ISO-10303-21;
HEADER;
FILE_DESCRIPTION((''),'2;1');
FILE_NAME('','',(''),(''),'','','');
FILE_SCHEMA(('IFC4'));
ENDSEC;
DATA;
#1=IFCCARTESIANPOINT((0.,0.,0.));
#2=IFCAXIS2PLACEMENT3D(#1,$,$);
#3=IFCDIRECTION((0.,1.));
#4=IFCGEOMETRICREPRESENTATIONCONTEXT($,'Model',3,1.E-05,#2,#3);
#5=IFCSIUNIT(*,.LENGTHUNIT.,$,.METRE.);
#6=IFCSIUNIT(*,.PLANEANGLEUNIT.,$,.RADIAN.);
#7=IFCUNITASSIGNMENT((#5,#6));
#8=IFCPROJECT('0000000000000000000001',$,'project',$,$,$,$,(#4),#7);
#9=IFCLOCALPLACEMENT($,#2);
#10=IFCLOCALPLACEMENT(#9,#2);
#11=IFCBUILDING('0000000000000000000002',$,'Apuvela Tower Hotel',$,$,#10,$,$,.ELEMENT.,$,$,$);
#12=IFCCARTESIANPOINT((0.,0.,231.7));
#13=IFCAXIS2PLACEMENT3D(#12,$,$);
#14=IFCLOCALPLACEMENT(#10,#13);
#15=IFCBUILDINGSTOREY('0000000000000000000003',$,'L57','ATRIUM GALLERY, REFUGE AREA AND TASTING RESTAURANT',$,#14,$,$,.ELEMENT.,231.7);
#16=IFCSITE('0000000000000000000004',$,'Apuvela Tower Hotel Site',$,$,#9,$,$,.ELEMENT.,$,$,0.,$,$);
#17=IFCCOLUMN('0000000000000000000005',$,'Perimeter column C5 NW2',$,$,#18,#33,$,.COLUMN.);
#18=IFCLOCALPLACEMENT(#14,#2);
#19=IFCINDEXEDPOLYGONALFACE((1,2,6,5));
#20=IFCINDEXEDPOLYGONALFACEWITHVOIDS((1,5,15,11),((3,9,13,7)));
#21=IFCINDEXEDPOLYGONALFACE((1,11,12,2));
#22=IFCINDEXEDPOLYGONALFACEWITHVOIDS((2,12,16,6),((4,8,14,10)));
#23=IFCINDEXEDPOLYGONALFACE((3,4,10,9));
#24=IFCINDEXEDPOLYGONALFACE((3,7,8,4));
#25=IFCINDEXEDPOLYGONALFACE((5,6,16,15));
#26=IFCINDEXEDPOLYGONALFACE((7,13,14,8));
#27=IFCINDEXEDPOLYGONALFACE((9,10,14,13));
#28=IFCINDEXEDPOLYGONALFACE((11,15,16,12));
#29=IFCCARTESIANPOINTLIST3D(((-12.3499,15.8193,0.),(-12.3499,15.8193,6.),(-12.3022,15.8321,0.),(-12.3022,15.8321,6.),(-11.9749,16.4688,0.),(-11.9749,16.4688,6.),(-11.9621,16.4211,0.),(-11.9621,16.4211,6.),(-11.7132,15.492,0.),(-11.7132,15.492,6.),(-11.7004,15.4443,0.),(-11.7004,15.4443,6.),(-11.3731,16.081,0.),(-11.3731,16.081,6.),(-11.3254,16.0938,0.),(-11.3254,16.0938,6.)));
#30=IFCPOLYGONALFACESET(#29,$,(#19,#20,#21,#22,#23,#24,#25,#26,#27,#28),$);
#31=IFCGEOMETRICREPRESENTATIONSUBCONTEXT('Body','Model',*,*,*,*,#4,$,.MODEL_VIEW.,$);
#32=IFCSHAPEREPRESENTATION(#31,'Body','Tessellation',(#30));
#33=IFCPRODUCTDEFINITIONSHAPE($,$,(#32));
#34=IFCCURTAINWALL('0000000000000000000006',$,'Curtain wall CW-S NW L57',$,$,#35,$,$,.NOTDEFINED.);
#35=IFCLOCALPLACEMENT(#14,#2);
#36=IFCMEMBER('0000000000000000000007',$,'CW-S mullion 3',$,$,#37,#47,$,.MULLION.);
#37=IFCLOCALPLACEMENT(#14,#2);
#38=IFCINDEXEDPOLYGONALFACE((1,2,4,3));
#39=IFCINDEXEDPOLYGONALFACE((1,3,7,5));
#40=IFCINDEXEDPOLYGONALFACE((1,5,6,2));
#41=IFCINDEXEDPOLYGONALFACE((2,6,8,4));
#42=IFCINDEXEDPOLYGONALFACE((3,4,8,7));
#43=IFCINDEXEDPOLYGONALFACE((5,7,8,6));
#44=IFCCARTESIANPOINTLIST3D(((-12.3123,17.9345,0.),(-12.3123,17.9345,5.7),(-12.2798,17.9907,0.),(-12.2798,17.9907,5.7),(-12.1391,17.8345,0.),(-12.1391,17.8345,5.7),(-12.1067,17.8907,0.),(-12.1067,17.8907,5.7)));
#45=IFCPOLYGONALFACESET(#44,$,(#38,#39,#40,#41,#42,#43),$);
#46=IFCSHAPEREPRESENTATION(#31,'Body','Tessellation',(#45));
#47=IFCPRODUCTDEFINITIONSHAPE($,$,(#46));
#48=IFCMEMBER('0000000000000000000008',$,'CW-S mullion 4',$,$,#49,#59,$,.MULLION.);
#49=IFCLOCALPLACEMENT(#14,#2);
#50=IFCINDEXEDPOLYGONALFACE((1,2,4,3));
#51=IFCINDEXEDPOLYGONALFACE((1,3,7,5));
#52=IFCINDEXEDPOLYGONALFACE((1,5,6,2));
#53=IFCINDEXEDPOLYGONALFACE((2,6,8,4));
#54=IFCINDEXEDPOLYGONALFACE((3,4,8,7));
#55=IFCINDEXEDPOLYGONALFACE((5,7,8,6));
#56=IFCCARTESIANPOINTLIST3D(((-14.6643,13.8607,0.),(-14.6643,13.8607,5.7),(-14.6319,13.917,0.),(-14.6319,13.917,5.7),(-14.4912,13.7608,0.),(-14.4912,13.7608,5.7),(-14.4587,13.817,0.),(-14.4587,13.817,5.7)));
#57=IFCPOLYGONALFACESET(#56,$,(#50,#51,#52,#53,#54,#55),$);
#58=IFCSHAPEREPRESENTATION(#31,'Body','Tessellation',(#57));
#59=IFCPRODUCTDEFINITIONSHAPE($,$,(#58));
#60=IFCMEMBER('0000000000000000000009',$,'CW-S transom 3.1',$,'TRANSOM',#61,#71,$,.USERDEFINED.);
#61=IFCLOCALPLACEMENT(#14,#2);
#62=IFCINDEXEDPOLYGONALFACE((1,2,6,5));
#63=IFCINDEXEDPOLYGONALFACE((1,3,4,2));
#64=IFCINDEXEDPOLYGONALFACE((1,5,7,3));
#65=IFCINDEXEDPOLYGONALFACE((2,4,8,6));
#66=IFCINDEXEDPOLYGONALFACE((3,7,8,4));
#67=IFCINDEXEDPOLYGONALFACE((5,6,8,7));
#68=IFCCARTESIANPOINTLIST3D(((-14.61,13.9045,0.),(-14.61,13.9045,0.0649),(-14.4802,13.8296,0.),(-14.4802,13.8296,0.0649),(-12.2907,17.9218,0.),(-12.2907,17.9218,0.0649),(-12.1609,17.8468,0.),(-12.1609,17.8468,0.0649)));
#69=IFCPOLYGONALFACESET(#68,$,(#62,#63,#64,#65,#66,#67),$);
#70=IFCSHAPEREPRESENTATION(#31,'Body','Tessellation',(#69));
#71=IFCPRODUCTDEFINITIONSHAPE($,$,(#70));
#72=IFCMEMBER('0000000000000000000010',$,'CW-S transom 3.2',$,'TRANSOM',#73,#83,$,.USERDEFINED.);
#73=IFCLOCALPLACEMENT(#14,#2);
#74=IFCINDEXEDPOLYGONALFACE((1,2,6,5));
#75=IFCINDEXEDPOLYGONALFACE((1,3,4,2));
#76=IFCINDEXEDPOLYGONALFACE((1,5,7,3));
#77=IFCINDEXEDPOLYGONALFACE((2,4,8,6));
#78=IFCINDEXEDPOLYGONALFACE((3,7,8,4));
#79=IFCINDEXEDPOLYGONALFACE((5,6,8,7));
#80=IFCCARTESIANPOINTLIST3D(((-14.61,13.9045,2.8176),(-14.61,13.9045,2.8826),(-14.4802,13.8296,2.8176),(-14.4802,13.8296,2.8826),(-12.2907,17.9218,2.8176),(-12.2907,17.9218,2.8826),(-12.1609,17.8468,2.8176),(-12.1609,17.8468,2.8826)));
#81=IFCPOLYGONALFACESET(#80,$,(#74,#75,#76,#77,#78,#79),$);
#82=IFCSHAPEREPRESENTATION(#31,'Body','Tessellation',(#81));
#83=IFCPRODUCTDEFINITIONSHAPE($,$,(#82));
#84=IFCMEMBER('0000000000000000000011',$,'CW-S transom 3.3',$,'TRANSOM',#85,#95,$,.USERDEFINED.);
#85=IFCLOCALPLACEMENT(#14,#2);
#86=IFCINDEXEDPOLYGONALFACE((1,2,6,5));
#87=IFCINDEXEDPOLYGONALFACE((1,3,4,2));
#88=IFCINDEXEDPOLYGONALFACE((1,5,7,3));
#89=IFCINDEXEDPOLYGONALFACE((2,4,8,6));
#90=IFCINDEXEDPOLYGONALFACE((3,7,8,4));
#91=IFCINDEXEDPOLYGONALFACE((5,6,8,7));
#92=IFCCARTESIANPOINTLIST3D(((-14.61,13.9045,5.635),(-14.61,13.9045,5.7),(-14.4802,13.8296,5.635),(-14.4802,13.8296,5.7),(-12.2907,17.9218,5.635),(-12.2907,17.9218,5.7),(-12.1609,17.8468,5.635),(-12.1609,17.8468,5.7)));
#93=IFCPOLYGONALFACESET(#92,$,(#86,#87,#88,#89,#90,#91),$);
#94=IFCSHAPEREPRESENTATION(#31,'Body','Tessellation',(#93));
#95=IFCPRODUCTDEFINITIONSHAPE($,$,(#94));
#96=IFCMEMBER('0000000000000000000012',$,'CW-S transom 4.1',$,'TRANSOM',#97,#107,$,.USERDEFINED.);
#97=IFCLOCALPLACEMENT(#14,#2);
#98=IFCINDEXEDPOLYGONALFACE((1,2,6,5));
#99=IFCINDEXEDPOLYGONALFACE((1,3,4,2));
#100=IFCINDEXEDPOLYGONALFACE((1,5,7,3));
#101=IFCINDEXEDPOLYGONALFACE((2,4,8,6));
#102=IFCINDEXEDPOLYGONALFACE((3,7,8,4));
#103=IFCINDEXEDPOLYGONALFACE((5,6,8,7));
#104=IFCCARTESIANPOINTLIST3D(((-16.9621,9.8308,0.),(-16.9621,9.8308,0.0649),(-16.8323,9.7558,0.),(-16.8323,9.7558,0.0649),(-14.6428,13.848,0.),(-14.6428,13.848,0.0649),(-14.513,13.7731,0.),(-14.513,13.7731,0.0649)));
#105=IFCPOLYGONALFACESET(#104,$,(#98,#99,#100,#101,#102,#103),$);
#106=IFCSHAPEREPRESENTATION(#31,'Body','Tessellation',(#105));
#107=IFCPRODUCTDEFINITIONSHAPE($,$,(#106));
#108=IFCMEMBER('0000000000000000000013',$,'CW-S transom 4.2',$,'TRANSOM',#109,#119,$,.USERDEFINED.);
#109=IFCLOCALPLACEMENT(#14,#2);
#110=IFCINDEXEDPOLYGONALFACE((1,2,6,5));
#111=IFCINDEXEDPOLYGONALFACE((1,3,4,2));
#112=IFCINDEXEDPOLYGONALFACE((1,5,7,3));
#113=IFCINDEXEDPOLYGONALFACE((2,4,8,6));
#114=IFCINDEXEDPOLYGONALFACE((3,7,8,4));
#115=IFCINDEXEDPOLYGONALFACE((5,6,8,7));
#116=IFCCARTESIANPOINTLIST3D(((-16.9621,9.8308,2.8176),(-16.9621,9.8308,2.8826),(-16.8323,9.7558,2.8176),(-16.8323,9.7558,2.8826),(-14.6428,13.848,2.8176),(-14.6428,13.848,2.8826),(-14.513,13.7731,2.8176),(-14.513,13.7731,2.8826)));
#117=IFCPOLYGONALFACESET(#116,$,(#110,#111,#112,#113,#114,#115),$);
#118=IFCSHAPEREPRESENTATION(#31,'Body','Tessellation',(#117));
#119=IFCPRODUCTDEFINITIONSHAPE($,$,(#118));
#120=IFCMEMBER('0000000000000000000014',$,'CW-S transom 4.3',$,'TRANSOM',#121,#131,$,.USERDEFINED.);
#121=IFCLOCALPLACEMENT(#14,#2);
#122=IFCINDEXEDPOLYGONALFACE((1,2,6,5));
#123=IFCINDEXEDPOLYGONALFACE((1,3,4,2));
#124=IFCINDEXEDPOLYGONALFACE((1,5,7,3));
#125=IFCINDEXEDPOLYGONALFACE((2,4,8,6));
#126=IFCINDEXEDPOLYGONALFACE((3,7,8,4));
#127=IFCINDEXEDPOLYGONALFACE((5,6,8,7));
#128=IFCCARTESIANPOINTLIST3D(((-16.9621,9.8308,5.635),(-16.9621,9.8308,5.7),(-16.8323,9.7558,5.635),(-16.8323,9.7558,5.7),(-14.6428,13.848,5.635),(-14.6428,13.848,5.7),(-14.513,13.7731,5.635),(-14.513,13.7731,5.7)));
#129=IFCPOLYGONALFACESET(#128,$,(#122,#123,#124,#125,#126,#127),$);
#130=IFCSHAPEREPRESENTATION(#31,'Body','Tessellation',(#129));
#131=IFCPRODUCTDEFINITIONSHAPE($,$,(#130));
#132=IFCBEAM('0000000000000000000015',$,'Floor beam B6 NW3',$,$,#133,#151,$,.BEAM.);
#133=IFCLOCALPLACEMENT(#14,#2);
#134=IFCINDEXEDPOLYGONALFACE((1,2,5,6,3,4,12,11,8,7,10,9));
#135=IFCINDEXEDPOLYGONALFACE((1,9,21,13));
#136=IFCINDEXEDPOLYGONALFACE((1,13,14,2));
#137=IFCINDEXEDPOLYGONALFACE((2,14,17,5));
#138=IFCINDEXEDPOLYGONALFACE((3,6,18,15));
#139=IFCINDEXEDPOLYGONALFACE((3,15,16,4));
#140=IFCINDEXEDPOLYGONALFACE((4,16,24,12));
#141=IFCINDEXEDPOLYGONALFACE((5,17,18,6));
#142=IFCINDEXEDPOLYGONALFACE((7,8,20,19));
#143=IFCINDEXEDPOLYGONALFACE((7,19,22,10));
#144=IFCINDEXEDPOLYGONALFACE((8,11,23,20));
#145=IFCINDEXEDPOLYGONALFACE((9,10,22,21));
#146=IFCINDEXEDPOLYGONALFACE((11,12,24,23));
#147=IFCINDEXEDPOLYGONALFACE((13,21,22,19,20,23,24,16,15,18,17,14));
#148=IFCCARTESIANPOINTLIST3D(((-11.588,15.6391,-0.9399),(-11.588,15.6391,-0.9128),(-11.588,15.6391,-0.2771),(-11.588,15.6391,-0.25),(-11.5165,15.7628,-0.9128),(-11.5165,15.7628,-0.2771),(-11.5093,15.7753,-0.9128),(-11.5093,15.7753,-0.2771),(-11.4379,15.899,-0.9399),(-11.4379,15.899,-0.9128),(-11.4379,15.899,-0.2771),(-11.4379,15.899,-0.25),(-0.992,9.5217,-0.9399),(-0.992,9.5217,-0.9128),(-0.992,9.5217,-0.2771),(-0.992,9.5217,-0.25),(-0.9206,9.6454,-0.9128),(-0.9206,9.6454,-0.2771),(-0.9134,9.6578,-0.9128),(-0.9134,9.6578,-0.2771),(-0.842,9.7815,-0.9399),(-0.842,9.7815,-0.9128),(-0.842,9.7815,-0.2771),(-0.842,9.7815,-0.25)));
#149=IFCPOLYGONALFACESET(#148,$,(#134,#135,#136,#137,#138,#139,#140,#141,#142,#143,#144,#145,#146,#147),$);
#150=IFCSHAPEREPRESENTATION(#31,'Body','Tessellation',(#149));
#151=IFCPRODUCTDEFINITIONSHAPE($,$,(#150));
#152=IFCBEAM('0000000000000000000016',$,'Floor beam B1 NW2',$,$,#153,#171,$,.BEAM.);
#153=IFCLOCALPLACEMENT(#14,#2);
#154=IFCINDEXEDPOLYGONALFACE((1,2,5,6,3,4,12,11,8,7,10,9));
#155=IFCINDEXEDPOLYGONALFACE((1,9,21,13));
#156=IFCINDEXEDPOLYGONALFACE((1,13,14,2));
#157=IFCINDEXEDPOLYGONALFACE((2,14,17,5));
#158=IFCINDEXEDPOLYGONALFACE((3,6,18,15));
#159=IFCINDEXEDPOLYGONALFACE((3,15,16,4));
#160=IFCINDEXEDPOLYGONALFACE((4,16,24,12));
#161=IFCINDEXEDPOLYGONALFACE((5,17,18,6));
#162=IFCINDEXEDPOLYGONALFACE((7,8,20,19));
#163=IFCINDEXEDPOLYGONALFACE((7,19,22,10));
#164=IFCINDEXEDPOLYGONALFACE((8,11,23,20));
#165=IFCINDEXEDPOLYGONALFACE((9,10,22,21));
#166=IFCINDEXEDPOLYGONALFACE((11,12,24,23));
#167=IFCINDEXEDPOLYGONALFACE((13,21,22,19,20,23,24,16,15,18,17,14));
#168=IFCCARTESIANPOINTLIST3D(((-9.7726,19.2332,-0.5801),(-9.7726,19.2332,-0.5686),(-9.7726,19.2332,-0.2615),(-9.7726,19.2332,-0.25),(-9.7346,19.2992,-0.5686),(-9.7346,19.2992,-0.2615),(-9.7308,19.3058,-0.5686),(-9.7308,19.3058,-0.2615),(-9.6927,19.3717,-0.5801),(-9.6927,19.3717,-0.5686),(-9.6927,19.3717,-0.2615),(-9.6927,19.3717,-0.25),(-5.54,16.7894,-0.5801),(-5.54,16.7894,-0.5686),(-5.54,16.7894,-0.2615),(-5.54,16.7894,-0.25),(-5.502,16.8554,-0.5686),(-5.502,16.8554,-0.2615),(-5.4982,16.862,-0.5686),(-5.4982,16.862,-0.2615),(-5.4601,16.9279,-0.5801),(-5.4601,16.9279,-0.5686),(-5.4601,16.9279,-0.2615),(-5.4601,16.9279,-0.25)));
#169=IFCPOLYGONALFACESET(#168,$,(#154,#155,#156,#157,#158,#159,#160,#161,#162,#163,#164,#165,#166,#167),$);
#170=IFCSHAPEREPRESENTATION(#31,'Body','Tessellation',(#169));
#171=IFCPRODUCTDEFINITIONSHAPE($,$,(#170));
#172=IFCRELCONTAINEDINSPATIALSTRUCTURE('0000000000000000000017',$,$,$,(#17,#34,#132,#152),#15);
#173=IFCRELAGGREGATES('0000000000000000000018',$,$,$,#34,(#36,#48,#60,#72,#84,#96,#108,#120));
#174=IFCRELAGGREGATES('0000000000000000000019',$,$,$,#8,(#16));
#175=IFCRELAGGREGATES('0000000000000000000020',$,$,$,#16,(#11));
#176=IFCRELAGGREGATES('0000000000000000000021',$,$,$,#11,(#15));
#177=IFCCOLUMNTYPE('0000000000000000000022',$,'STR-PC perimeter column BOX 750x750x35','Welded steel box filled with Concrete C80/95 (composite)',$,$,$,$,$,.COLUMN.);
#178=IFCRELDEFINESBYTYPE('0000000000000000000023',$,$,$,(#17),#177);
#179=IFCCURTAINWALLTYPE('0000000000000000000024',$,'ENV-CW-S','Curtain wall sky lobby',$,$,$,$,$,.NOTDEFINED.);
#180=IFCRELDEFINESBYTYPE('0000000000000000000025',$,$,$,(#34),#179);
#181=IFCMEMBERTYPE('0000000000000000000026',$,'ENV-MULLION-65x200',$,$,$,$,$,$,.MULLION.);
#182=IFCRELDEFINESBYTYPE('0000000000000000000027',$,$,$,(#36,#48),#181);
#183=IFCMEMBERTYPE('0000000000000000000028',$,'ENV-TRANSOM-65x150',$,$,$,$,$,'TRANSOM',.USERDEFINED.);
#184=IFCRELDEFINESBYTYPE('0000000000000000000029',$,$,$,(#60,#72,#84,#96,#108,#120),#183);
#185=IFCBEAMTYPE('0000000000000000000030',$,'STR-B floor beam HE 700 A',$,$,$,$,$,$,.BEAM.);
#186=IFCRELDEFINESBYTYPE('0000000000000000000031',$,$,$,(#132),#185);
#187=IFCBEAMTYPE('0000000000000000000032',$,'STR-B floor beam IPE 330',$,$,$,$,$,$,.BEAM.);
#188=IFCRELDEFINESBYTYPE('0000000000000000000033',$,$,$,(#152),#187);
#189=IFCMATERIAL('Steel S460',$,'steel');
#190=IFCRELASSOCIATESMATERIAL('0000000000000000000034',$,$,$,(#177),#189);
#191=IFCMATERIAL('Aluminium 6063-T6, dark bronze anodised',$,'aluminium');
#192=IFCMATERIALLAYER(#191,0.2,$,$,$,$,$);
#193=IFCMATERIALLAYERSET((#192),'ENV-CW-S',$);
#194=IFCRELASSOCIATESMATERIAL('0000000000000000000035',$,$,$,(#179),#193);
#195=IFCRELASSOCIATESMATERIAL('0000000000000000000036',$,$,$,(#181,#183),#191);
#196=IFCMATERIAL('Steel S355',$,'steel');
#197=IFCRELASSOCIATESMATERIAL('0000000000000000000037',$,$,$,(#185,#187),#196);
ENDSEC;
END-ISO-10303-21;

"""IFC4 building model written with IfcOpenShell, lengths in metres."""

from ifc_helpers import new_model, si_unit, direction, frame, origin, origin_2d, place, context, subcontext, project, spatial, rectangle, hollow_rectangle, i_section, extrude, material, layer, layer_set, material_profile, profile_set, type_object, element, aggregate, save


model = new_model("IFC4")

# Units and contexts
model_context = context("Model", 3, precision=1e-05, world=origin(), true_north=direction((0.0, 1.0)))
body_context = subcontext(model_context, "Body", "Model", "MODEL_VIEW")
ifc_project = project(units=[si_unit("LENGTHUNIT", "METRE"), si_unit("PLANEANGLEUNIT", "RADIAN")], contexts=[model_context])

# Site, building, storey
site_placement = place(None, origin())
site = spatial("IfcSite", under=ifc_project, at=site_placement, Name="Apuvela Tower Hotel Site", CompositionType="ELEMENT", RefElevation=0.0)
building_placement = place(site_placement, origin())
building = spatial("IfcBuilding", under=site, at=building_placement, Name="Apuvela Tower Hotel", CompositionType="ELEMENT")
storey_placement = place(building_placement, frame((0.0, 0.0, 231.7)))
storey = spatial("IfcBuildingStorey", under=building, at=storey_placement, Name="L57", Description="ATRIUM GALLERY, REFUGE AREA AND TASTING RESTAURANT", CompositionType="ELEMENT", Elevation=231.7)

# Column
ifc_material_1 = material(Name="Steel S460", Category="steel")
ifc_material_profile_1 = material_profile(ifc_material_1, hollow_rectangle(XDim=0.75, YDim=0.75, WallThickness=0.0349, at=origin_2d()), Name="BOX 750x750x35")
ifc_material_2 = material(Name="Concrete C80/95", Category="concrete")
ifc_material_profile_2 = material_profile(ifc_material_2, rectangle(XDim=0.6799, YDim=0.6799, at=origin_2d()), Name="Concrete C80/95 infill")
ifc_profile_set_1 = profile_set([ifc_material_profile_1, ifc_material_profile_2], Name="Steel S460")
column_type = type_object("IfcColumnType", Name="STR-PC perimeter column BOX 750x750x35", Description="Welded steel box filled with Concrete C80/95 (composite)", PredefinedType="COLUMN", material=ifc_profile_set_1)
column_placement = place(storey_placement, frame((-11.8376, 15.9565, 0.0), z_axis=(0.0, 0.0, 1.0), x_axis=(0.5, 0.866025, 0.0)))
element("IfcColumn", 1, at=column_placement, inside=storey, type_object=column_type, Name="Perimeter column C5 NW2", PredefinedType="COLUMN", context=body_context, shape_type="SweptSolid", body=[
    extrude(hollow_rectangle(XDim=0.75, YDim=0.75, WallThickness=0.0349, at=origin_2d()), origin(), (0.0, 0.0, 1.0), 6.0),
])

# Curtain wall, members
ifc_material_3 = material(Name="Aluminium 6063-T6, dark bronze anodised", Category="aluminium")
ifc_layer_1 = layer(ifc_material_3, 0.2)
ifc_layer_set_1 = layer_set([ifc_layer_1], Name="ENV-CW-S")
curtain_wall_type = type_object("IfcCurtainWallType", Name="ENV-CW-S", Description="Curtain wall sky lobby", PredefinedType="NOTDEFINED", material=ifc_layer_set_1)
curtain_wall_placement = place(storey_placement, origin())
curtain_wall = element("IfcCurtainWall", 2, at=curtain_wall_placement, inside=storey, type_object=curtain_wall_type, Name="Curtain wall CW-S NW L57", PredefinedType="NOTDEFINED")
ifc_material_profile_3 = material_profile(ifc_material_3, rectangle(XDim=0.2, YDim=0.0649, at=origin_2d()), Name="AL 65x200")
ifc_profile_set_2 = profile_set([ifc_material_profile_3], Name="Aluminium 6063-T6, dark bronze anodised")
member_type_1 = type_object("IfcMemberType", Name="ENV-MULLION-65x200", PredefinedType="MULLION", material=ifc_profile_set_2)
member_1_placement = place(storey_placement, frame((-12.2095, 17.9126, 0.0), z_axis=(0.0, 0.0, 1.0), x_axis=(0.866026, -0.499999, 0.0)))
member_1 = element("IfcMember", 3, at=member_1_placement, type_object=member_type_1, Name="CW-S mullion 3", PredefinedType="MULLION", context=body_context, shape_type="SweptSolid", body=[
    extrude(rectangle(XDim=0.2, YDim=0.0649, at=origin_2d()), origin(), (0.0, 0.0, 1.0), 5.7),
])
member_2_placement = place(storey_placement, frame((-14.5615, 13.8389, 0.0), z_axis=(0.0, 0.0, 1.0), x_axis=(0.866026, -0.499999, 0.0)))
member_2 = element("IfcMember", 4, at=member_2_placement, type_object=member_type_1, Name="CW-S mullion 4", PredefinedType="MULLION", context=body_context, shape_type="SweptSolid", body=[
    extrude(rectangle(XDim=0.2, YDim=0.0649, at=origin_2d()), origin(), (0.0, 0.0, 1.0), 5.7),
])
ifc_material_profile_4 = material_profile(ifc_material_3, rectangle(XDim=0.1499, YDim=0.0649, at=origin_2d()), Name="AL 65x150 transom")
ifc_profile_set_3 = profile_set([ifc_material_profile_4], Name="Aluminium 6063-T6, dark bronze anodised")
member_type_2 = type_object("IfcMemberType", Name="ENV-TRANSOM-65x150", ElementType="TRANSOM", PredefinedType="USERDEFINED", material=ifc_profile_set_3)
member_3_placement = place(storey_placement, frame((-12.2258, 17.8843, 0.0325), z_axis=(-0.499988, -0.866032, 0.0), x_axis=(0.866032, -0.499988, 0.0)))
member_3 = element("IfcMember", 5, at=member_3_placement, type_object=member_type_2, Name="CW-S transom 3.1", ObjectType="TRANSOM", PredefinedType="USERDEFINED", context=body_context, shape_type="SweptSolid", body=[
    extrude(rectangle(XDim=0.1499, YDim=0.0649, at=origin_2d()), origin(), (0.0, 0.0, 1.0), 4.6387),
])
member_4_placement = place(storey_placement, frame((-12.2258, 17.8843, 2.8501), z_axis=(-0.499988, -0.866032, 0.0), x_axis=(0.866032, -0.499988, 0.0)))
member_4 = element("IfcMember", 6, at=member_4_placement, type_object=member_type_2, Name="CW-S transom 3.2", ObjectType="TRANSOM", PredefinedType="USERDEFINED", context=body_context, shape_type="SweptSolid", body=[
    extrude(rectangle(XDim=0.1499, YDim=0.0649, at=origin_2d()), origin(), (0.0, 0.0, 1.0), 4.6387),
])
member_5_placement = place(storey_placement, frame((-12.2258, 17.8843, 5.6675), z_axis=(-0.499988, -0.866032, 0.0), x_axis=(0.866032, -0.499988, 0.0)))
member_5 = element("IfcMember", 7, at=member_5_placement, type_object=member_type_2, Name="CW-S transom 3.3", ObjectType="TRANSOM", PredefinedType="USERDEFINED", context=body_context, shape_type="SweptSolid", body=[
    extrude(rectangle(XDim=0.1499, YDim=0.0649, at=origin_2d()), origin(), (0.0, 0.0, 1.0), 4.6387),
])
member_6_placement = place(storey_placement, frame((-14.5779, 13.8105, 0.0325), z_axis=(-0.499988, -0.866032, 0.0), x_axis=(0.866032, -0.499988, 0.0)))
member_6 = element("IfcMember", 8, at=member_6_placement, type_object=member_type_2, Name="CW-S transom 4.1", ObjectType="TRANSOM", PredefinedType="USERDEFINED", context=body_context, shape_type="SweptSolid", body=[
    extrude(rectangle(XDim=0.1499, YDim=0.0649, at=origin_2d()), origin(), (0.0, 0.0, 1.0), 4.6387),
])
member_7_placement = place(storey_placement, frame((-14.5779, 13.8105, 2.8501), z_axis=(-0.499988, -0.866032, 0.0), x_axis=(0.866032, -0.499988, 0.0)))
member_7 = element("IfcMember", 9, at=member_7_placement, type_object=member_type_2, Name="CW-S transom 4.2", ObjectType="TRANSOM", PredefinedType="USERDEFINED", context=body_context, shape_type="SweptSolid", body=[
    extrude(rectangle(XDim=0.1499, YDim=0.0649, at=origin_2d()), origin(), (0.0, 0.0, 1.0), 4.6387),
])
member_8_placement = place(storey_placement, frame((-14.5779, 13.8105, 5.6675), z_axis=(-0.499988, -0.866032, 0.0), x_axis=(0.866032, -0.499988, 0.0)))
member_8 = element("IfcMember", 10, at=member_8_placement, type_object=member_type_2, Name="CW-S transom 4.3", ObjectType="TRANSOM", PredefinedType="USERDEFINED", context=body_context, shape_type="SweptSolid", body=[
    extrude(rectangle(XDim=0.1499, YDim=0.0649, at=origin_2d()), origin(), (0.0, 0.0, 1.0), 4.6387),
])

# Beams
ifc_material_4 = material(Name="Steel S355", Category="steel")
ifc_material_profile_5 = material_profile(ifc_material_4, i_section(OverallWidth=0.3, OverallDepth=0.6899, WebThickness=0.0144, FlangeThickness=0.0271, at=origin_2d()), Name="HE 700 A")
ifc_profile_set_4 = profile_set([ifc_material_profile_5], Name="Steel S355")
beam_type_1 = type_object("IfcBeamType", Name="STR-B floor beam HE 700 A", PredefinedType="BEAM", material=ifc_profile_set_4)
beam_1_placement = place(storey_placement, frame((-11.5129, 15.769, -0.595), z_axis=(0.86603, -0.499991, 0.0), x_axis=(0.499991, 0.86603, 0.0)))
element("IfcBeam", 11, at=beam_1_placement, inside=storey, type_object=beam_type_1, Name="Floor beam B6 NW3", PredefinedType="BEAM", context=body_context, shape_type="SweptSolid", body=[
    extrude(i_section(OverallWidth=0.3, OverallDepth=0.6899, WebThickness=0.0144, FlangeThickness=0.0271, at=origin_2d()), origin(), (0.0, 0.0, 1.0), 12.2351),
])
ifc_material_profile_6 = material_profile(ifc_material_4, i_section(OverallWidth=0.1599, OverallDepth=0.3301, WebThickness=0.0076, FlangeThickness=0.0115, at=origin_2d()), Name="IPE 330")
ifc_profile_set_5 = profile_set([ifc_material_profile_6], Name="Steel S355")
beam_type_2 = type_object("IfcBeamType", Name="STR-B floor beam IPE 330", PredefinedType="BEAM", material=ifc_profile_set_5)
beam_2_placement = place(storey_placement, frame((-9.7327, 19.3025, -0.415), z_axis=(0.866015, -0.500018, 0.0), x_axis=(0.500018, 0.866015, 0.0)))
element("IfcBeam", 12, at=beam_2_placement, inside=storey, type_object=beam_type_2, Name="Floor beam B1 NW2", PredefinedType="BEAM", context=body_context, shape_type="SweptSolid", body=[
    extrude(i_section(OverallWidth=0.1599, OverallDepth=0.3301, WebThickness=0.0076, FlangeThickness=0.0115, at=origin_2d()), origin(), (0.0, 0.0, 1.0), 4.8875),
])

aggregate(curtain_wall, [member_1, member_2, member_3, member_4, member_5, member_6, member_7, member_8])

save(model, "model.ifc")
